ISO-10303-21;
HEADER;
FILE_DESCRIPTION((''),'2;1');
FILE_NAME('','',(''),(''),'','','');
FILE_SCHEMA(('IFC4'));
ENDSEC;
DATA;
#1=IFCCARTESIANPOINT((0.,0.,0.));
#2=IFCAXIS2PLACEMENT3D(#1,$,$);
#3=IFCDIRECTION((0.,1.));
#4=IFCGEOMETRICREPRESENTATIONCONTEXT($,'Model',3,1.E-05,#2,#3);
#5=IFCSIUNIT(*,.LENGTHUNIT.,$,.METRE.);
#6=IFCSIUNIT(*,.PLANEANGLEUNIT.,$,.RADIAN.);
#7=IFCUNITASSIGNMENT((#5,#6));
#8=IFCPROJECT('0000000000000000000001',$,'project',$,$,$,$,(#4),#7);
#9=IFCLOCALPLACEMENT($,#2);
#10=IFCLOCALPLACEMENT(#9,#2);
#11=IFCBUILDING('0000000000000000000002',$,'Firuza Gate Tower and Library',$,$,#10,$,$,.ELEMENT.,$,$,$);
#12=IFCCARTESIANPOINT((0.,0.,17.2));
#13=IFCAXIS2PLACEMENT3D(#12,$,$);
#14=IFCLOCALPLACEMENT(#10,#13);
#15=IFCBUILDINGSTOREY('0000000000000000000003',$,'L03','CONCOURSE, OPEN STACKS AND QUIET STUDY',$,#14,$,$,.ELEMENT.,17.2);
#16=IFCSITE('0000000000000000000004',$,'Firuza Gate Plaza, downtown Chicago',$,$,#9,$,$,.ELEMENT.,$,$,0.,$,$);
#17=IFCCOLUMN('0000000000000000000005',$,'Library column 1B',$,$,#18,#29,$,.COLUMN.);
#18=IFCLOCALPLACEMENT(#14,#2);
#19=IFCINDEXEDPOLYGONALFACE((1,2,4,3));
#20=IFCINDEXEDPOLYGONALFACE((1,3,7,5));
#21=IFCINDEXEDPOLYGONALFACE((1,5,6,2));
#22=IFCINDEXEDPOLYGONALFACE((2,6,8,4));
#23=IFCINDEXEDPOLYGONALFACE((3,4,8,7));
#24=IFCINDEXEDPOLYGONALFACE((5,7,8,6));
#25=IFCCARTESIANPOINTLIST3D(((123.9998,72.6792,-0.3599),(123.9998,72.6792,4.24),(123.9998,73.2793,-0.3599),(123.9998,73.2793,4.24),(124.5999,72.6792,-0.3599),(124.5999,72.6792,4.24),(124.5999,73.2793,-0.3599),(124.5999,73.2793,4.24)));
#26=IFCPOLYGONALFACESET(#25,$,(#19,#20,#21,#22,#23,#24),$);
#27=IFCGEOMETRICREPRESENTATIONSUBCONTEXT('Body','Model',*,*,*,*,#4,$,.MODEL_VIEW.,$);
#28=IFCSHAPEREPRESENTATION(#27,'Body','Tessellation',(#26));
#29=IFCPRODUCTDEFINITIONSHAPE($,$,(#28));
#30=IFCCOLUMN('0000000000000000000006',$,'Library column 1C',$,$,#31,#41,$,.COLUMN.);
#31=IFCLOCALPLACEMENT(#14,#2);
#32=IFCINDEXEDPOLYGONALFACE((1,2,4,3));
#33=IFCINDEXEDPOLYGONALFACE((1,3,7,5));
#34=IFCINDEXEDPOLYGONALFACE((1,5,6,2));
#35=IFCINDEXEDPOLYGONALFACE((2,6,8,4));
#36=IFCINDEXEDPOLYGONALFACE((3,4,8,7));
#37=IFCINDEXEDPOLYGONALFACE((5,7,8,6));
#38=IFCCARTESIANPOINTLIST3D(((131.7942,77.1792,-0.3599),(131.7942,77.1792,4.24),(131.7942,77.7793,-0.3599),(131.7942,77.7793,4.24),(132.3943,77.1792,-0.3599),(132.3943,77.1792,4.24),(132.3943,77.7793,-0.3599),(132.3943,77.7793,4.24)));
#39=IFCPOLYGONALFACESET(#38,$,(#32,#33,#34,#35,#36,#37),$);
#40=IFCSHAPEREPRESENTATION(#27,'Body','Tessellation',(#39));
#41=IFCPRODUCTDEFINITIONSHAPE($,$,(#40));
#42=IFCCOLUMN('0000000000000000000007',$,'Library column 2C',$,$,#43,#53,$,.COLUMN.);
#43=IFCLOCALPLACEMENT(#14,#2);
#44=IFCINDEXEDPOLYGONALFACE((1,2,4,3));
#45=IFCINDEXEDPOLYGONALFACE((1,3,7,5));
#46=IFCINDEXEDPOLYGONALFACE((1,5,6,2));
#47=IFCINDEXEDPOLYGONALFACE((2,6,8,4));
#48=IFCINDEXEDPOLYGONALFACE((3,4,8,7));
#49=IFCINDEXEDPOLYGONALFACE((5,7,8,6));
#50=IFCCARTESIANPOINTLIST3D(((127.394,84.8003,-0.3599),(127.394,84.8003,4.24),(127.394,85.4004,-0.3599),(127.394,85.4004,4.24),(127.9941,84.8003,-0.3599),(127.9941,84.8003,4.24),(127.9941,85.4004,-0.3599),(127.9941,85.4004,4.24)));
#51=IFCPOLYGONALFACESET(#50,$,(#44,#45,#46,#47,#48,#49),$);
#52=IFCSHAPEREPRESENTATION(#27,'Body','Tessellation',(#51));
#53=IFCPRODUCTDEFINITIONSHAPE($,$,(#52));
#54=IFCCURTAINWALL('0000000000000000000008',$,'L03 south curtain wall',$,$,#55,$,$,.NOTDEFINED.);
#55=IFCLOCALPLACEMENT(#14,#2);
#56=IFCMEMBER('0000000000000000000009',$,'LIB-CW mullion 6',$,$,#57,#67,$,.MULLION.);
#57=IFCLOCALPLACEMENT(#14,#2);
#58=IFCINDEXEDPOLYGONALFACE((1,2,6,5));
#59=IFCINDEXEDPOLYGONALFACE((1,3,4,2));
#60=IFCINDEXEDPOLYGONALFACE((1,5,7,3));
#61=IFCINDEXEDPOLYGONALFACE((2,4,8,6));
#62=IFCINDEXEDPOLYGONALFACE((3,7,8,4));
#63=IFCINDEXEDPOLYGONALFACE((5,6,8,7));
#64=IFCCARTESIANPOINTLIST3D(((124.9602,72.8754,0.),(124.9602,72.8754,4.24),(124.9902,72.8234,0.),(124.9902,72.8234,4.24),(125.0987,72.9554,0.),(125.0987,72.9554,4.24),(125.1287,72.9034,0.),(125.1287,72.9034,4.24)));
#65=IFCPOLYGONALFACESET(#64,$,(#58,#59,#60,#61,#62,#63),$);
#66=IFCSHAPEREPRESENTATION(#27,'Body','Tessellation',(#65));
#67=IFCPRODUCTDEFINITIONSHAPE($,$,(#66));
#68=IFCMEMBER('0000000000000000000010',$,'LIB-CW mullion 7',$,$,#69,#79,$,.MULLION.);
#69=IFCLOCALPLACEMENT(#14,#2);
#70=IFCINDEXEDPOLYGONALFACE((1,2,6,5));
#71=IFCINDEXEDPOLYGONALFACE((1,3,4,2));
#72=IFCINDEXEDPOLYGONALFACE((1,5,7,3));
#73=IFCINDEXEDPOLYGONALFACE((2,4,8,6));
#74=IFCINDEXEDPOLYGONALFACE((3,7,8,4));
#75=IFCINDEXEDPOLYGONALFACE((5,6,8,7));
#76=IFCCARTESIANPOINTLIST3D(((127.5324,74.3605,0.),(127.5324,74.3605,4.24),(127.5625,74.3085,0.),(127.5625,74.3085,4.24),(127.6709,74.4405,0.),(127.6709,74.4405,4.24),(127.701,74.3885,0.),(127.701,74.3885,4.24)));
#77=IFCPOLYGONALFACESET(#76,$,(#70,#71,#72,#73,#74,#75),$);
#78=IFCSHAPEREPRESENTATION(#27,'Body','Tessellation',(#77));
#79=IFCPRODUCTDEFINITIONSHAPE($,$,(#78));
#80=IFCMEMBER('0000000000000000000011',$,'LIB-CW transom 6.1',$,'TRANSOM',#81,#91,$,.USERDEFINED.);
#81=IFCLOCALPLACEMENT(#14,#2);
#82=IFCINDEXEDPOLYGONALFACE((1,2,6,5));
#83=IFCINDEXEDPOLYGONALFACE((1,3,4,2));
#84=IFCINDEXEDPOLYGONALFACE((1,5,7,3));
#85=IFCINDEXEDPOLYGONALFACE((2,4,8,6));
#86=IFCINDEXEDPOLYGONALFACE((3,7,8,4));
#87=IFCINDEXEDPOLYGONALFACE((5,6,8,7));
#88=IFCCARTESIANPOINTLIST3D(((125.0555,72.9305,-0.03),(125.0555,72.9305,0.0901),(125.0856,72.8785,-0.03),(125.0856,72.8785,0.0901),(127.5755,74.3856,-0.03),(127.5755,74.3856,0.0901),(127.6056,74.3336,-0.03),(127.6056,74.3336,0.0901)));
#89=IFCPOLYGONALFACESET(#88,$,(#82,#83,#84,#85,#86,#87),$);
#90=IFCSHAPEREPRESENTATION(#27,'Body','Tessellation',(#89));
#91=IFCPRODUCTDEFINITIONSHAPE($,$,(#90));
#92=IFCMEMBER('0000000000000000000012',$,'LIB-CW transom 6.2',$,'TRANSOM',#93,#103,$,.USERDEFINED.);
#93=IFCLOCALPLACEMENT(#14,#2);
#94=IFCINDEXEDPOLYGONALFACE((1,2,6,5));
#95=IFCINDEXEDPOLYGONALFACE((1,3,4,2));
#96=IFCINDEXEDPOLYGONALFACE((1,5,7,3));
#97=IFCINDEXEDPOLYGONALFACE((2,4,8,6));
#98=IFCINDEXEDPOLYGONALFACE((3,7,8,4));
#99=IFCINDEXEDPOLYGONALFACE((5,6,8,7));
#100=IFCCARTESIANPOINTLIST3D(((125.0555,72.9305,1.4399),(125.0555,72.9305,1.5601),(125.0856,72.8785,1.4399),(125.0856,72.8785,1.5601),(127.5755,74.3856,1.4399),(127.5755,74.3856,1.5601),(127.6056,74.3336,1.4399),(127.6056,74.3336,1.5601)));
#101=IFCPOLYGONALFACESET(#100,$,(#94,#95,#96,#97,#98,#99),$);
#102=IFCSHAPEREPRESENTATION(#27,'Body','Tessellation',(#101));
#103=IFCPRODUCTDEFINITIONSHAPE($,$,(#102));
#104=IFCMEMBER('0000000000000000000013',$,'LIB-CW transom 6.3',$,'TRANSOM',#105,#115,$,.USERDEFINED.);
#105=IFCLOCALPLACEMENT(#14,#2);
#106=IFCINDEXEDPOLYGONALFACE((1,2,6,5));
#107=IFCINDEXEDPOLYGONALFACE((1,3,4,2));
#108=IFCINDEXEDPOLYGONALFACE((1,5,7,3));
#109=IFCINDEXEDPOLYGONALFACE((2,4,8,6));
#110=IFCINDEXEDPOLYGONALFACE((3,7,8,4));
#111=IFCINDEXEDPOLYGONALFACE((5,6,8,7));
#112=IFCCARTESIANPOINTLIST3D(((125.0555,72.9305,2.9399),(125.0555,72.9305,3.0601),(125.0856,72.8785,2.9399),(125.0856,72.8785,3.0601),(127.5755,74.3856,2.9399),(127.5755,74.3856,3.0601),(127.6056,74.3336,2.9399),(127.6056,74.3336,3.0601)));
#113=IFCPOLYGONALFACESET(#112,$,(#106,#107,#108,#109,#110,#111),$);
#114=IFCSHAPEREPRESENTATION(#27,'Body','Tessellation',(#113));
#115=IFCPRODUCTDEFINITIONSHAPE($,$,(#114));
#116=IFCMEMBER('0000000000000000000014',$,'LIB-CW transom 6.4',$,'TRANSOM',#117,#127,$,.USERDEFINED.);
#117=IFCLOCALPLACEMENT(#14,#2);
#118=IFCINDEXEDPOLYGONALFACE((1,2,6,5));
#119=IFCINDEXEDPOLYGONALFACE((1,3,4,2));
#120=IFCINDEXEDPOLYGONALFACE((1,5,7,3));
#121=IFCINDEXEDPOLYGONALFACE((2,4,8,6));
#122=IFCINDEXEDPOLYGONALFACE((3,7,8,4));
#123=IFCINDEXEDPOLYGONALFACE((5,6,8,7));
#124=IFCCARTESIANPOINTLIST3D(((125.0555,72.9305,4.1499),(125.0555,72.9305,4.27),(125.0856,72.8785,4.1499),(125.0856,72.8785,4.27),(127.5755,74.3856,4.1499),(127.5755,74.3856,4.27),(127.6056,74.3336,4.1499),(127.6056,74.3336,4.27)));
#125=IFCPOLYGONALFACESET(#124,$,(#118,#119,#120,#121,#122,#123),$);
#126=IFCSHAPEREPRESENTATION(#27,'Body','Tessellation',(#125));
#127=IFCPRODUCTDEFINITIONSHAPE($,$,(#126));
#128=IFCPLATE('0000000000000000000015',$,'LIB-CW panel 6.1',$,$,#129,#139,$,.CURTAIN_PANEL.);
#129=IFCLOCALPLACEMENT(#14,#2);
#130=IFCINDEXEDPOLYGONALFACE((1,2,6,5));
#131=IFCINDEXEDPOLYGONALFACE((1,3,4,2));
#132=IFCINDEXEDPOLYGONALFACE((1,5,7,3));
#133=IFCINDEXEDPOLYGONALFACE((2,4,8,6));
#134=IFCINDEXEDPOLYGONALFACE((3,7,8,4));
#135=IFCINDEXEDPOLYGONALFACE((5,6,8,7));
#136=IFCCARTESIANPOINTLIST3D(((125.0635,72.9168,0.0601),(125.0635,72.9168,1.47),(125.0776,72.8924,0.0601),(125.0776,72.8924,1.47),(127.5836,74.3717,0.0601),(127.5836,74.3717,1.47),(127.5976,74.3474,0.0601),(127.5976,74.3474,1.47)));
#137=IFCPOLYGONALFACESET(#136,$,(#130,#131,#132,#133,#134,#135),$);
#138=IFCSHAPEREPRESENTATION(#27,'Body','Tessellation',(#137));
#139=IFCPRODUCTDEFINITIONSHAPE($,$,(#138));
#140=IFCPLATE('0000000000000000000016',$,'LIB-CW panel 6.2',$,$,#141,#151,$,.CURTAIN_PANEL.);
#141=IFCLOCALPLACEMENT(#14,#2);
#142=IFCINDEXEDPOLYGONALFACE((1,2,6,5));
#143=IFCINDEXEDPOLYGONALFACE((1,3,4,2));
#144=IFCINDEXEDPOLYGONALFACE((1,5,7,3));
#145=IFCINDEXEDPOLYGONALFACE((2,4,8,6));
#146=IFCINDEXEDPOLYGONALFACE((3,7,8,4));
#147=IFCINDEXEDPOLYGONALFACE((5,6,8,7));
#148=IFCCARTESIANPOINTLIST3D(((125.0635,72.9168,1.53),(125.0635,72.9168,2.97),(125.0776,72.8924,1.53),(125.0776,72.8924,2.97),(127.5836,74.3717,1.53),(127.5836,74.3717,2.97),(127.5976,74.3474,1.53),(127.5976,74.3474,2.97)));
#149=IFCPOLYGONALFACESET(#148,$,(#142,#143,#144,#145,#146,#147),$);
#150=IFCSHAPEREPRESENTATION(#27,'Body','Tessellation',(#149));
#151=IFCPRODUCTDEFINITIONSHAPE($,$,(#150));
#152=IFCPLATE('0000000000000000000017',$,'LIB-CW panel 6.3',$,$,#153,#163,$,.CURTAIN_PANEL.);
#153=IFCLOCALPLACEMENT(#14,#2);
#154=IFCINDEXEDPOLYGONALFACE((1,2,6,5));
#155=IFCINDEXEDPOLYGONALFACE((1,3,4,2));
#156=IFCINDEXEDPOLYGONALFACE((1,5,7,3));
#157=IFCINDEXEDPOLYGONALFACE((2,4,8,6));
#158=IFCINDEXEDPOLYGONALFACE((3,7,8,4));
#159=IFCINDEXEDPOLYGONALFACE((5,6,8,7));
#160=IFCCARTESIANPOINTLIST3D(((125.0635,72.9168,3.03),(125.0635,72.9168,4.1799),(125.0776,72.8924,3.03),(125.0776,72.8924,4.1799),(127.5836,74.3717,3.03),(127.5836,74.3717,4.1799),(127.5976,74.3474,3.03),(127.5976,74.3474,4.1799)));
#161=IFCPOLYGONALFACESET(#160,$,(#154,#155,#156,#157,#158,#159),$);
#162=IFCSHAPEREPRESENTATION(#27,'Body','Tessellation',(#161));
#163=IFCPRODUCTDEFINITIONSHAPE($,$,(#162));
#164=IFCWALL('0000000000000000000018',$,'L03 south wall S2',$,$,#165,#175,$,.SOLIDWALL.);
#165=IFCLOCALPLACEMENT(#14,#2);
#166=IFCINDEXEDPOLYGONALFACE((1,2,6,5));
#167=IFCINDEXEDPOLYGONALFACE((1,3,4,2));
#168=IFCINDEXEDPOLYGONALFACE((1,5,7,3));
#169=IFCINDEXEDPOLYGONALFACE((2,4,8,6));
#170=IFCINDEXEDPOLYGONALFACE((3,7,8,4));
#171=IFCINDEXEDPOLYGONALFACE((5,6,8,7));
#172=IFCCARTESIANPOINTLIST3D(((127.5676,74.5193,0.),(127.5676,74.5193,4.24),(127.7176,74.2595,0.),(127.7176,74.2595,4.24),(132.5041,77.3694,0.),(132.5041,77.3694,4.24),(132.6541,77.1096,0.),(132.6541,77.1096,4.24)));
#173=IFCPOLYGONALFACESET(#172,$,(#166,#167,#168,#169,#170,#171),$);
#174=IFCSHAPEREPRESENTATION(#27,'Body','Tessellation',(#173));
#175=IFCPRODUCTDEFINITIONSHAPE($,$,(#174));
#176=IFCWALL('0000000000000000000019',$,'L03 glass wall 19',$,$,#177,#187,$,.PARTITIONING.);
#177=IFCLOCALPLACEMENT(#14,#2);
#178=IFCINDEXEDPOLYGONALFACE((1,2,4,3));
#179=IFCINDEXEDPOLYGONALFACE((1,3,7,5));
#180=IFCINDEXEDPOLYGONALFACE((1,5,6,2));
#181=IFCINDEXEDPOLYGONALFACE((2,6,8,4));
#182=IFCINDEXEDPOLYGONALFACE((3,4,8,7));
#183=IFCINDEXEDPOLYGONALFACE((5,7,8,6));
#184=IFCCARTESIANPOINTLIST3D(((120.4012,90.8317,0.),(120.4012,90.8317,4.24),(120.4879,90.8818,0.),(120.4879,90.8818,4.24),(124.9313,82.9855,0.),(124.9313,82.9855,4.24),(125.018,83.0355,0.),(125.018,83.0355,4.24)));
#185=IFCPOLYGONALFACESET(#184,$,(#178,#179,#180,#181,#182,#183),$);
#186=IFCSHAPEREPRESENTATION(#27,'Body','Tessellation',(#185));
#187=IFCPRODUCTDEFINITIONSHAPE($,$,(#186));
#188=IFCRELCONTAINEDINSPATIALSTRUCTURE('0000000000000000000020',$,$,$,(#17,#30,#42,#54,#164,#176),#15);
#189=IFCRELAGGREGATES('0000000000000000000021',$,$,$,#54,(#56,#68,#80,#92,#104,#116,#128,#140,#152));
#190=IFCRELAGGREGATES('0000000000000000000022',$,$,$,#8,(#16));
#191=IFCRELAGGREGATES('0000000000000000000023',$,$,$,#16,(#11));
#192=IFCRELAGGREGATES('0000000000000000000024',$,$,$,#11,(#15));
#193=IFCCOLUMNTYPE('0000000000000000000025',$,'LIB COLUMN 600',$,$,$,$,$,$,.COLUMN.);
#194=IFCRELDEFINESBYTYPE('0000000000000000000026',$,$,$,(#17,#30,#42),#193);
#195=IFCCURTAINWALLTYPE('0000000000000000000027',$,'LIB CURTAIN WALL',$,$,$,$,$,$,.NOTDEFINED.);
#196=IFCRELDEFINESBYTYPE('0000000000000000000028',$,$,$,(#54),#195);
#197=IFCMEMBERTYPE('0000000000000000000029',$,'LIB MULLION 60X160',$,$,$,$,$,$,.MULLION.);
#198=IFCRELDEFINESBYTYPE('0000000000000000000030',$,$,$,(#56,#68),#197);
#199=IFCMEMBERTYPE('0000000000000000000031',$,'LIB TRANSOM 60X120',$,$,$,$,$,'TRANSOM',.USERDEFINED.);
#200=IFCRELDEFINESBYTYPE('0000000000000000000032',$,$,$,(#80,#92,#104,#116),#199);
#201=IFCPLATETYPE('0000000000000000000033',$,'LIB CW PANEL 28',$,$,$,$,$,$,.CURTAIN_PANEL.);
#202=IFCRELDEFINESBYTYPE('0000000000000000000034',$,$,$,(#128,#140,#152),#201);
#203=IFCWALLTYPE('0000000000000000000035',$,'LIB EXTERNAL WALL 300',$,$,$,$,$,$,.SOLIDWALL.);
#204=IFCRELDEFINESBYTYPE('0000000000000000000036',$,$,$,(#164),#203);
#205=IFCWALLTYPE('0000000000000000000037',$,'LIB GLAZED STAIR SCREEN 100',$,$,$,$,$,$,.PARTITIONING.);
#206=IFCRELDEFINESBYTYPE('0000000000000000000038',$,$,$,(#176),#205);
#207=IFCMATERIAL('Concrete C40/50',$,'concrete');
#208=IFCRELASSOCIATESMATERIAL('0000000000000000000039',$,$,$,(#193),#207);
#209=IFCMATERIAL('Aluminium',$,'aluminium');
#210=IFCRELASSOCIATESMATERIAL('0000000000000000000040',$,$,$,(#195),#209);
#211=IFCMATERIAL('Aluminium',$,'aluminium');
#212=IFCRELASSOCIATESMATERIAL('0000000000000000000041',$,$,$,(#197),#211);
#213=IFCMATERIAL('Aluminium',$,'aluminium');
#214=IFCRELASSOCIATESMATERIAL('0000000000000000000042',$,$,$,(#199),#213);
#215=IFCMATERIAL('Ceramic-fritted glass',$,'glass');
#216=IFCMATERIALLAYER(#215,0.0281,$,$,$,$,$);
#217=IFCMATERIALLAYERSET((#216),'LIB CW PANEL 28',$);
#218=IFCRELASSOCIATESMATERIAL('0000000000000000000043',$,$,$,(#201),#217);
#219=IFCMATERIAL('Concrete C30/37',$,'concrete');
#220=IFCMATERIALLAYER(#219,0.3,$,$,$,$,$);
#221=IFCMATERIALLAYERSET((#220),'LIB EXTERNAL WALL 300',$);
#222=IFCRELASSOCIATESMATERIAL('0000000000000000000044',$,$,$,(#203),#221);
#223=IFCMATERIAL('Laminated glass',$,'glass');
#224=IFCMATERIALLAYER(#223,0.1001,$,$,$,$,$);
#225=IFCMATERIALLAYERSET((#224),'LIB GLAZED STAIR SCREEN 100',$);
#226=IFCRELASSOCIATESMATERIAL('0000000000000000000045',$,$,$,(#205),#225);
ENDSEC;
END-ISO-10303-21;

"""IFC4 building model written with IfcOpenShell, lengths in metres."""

from ifc_helpers import new_model, si_unit, direction, frame, frame_2d, origin, origin_2d, place, context, subcontext, project, spatial, rectangle, extrude, material, layer, layer_set, material_profile, profile_set, type_object, element, aggregate, save


model = new_model("IFC4")

# Units and contexts
model_context = context("Model", 3, precision=1e-05, world=origin(), true_north=direction((0.0, 1.0)))
body_context = subcontext(model_context, "Body", "Model", "MODEL_VIEW")
ifc_project = project(units=[si_unit("LENGTHUNIT", "METRE"), si_unit("PLANEANGLEUNIT", "RADIAN")], contexts=[model_context])

# Site, building, storey
site_placement = place(None, origin())
site = spatial("IfcSite", under=ifc_project, at=site_placement, Name="Firuza Gate Plaza, downtown Chicago", CompositionType="ELEMENT", RefElevation=0.0)
building_placement = place(site_placement, origin())
building = spatial("IfcBuilding", under=site, at=building_placement, Name="Firuza Gate Tower and Library", CompositionType="ELEMENT")
storey_placement = place(building_placement, frame((0.0, 0.0, 17.2)))
storey = spatial("IfcBuildingStorey", under=building, at=storey_placement, Name="L03", Description="CONCOURSE, OPEN STACKS AND QUIET STUDY", CompositionType="ELEMENT", Elevation=17.2)

# Columns
ifc_material_1 = material(Name="Concrete C40/50", Category="concrete")
ifc_material_profile_1 = material_profile(ifc_material_1, rectangle(XDim=0.6001, YDim=0.6001, at=origin_2d()))
ifc_profile_set_1 = profile_set([ifc_material_profile_1], Name="Concrete C40/50")
column_type = type_object("IfcColumnType", Name="LIB COLUMN 600", PredefinedType="COLUMN", material=ifc_profile_set_1)
for number, where, z_axis, x_axis, name in (
    (1, (124.2998, 72.9792, -0.3599), (0.0, 0.0, 1.0), (1.0, 0.0, 0.0), "Library column 1B"),
    (2, (132.0942, 77.4792, -0.3599), (0.0, 0.0, 1.0), (1.0, 0.0, 0.0), "Library column 1C"),
    (3, (127.6941, 85.1003, -0.3599), (0.0, 0.0, 1.0), (1.0, 0.0, 0.0), "Library column 2C"),
):
    element("IfcColumn", number, at=place(storey_placement, frame(where, z_axis=z_axis, x_axis=x_axis)), inside=storey, type_object=column_type, Name=name, PredefinedType="COLUMN", context=body_context, shape_type="SweptSolid", body=[
        extrude(rectangle(XDim=0.6001, YDim=0.6001, at=origin_2d()), origin(), (0.0, 0.0, 1.0), 4.5999),
    ])

# Curtain wall, members, plates
ifc_material_2 = material(Name="Aluminium", Category="aluminium")
curtain_wall_type = type_object("IfcCurtainWallType", Name="LIB CURTAIN WALL", PredefinedType="NOTDEFINED", material=ifc_material_2)
curtain_wall_placement = place(storey_placement, origin())
curtain_wall = element("IfcCurtainWall", 4, at=curtain_wall_placement, inside=storey, type_object=curtain_wall_type, Name="L03 south curtain wall", PredefinedType="NOTDEFINED")
ifc_material_3 = material(Name="Aluminium", Category="aluminium")
ifc_material_profile_2 = material_profile(ifc_material_3, rectangle(XDim=0.0601, YDim=0.1599, at=origin_2d()))
ifc_profile_set_2 = profile_set([ifc_material_profile_2], Name="Aluminium")
member_type_1 = type_object("IfcMemberType", Name="LIB MULLION 60X160", PredefinedType="MULLION", material=ifc_profile_set_2)
member_1_placement = place(storey_placement, frame((125.0444, 72.8894, 0.0), z_axis=(0.0, 0.0, 1.0), x_axis=(-0.500001, 0.866025, 0.0)))
member_1 = element("IfcMember", 5, at=member_1_placement, type_object=member_type_1, Name="LIB-CW mullion 6", PredefinedType="MULLION", context=body_context, shape_type="SweptSolid", body=[
    extrude(rectangle(XDim=0.0601, YDim=0.1599, at=origin_2d()), origin(), (0.0, 0.0, 1.0), 4.24),
])
member_2_placement = place(storey_placement, frame((127.6167, 74.3745, 0.0), z_axis=(0.0, 0.0, 1.0), x_axis=(-0.500001, 0.866025, 0.0)))
member_2 = element("IfcMember", 6, at=member_2_placement, type_object=member_type_1, Name="LIB-CW mullion 7", PredefinedType="MULLION", context=body_context, shape_type="SweptSolid", body=[
    extrude(rectangle(XDim=0.0601, YDim=0.1599, at=origin_2d()), origin(), (0.0, 0.0, 1.0), 4.24),
])
ifc_material_4 = material(Name="Aluminium", Category="aluminium")
ifc_material_profile_3 = material_profile(ifc_material_4, rectangle(XDim=0.0601, YDim=0.1201, at=origin_2d()))
ifc_profile_set_3 = profile_set([ifc_material_profile_3], Name="Aluminium")
member_type_2 = type_object("IfcMemberType", Name="LIB TRANSOM 60X120", ElementType="TRANSOM", PredefinedType="USERDEFINED", material=ifc_profile_set_3)
member_3_placement = place(storey_placement, frame((125.0706, 72.9045, 0.03), z_axis=(0.866004, 0.500037, 0.0), x_axis=(-0.500037, 0.866004, 0.0)))
member_3 = element("IfcMember", 7, at=member_3_placement, type_object=member_type_2, Name="LIB-CW transom 6.1", ObjectType="TRANSOM", PredefinedType="USERDEFINED", context=body_context, shape_type="SweptSolid", body=[
    extrude(rectangle(XDim=0.0601, YDim=0.1201, at=origin_2d()), origin(), (0.0, 0.0, 1.0), 2.9099),
])
member_4_placement = place(storey_placement, frame((125.0706, 72.9045, 1.5), z_axis=(0.866004, 0.500037, 0.0), x_axis=(-0.500037, 0.866004, 0.0)))
member_4 = element("IfcMember", 8, at=member_4_placement, type_object=member_type_2, Name="LIB-CW transom 6.2", ObjectType="TRANSOM", PredefinedType="USERDEFINED", context=body_context, shape_type="SweptSolid", body=[
    extrude(rectangle(XDim=0.0601, YDim=0.1201, at=origin_2d()), origin(), (0.0, 0.0, 1.0), 2.9099),
])
member_5_placement = place(storey_placement, frame((125.0706, 72.9045, 3.0), z_axis=(0.866004, 0.500037, 0.0), x_axis=(-0.500037, 0.866004, 0.0)))
member_5 = element("IfcMember", 9, at=member_5_placement, type_object=member_type_2, Name="LIB-CW transom 6.3", ObjectType="TRANSOM", PredefinedType="USERDEFINED", context=body_context, shape_type="SweptSolid", body=[
    extrude(rectangle(XDim=0.0601, YDim=0.1201, at=origin_2d()), origin(), (0.0, 0.0, 1.0), 2.9099),
])
member_6_placement = place(storey_placement, frame((125.0706, 72.9045, 4.21), z_axis=(0.866004, 0.500037, 0.0), x_axis=(-0.500037, 0.866004, 0.0)))
member_6 = element("IfcMember", 10, at=member_6_placement, type_object=member_type_2, Name="LIB-CW transom 6.4", ObjectType="TRANSOM", PredefinedType="USERDEFINED", context=body_context, shape_type="SweptSolid", body=[
    extrude(rectangle(XDim=0.0601, YDim=0.1201, at=origin_2d()), origin(), (0.0, 0.0, 1.0), 2.9099),
])
ifc_material_5 = material(Name="Ceramic-fritted glass", Category="glass")
ifc_layer_1 = layer(ifc_material_5, 0.0281)
ifc_layer_set_1 = layer_set([ifc_layer_1], Name="LIB CW PANEL 28")
plate_type = type_object("IfcPlateType", Name="LIB CW PANEL 28", PredefinedType="CURTAIN_PANEL", material=ifc_layer_set_1)
plate_1_placement = place(storey_placement, frame((126.3306, 73.6321, 0.0601), z_axis=(0.0, 0.0, 1.0), x_axis=(0.866025, 0.500001, 0.0)))
plate_1 = element("IfcPlate", 11, at=plate_1_placement, type_object=plate_type, Name="LIB-CW panel 6.1", PredefinedType="CURTAIN_PANEL", context=body_context, shape_type="SweptSolid", body=[
    extrude(rectangle(XDim=2.9099, YDim=0.0281, at=origin_2d()), origin(), (0.0, 0.0, 1.0), 1.4099),
])
plate_2_placement = place(storey_placement, frame((126.3306, 73.6321, 1.53), z_axis=(0.0, 0.0, 1.0), x_axis=(0.866025, 0.500001, 0.0)))
plate_2 = element("IfcPlate", 12, at=plate_2_placement, type_object=plate_type, Name="LIB-CW panel 6.2", PredefinedType="CURTAIN_PANEL", context=body_context, shape_type="SweptSolid", body=[
    extrude(rectangle(XDim=2.9099, YDim=0.0281, at=origin_2d()), origin(), (0.0, 0.0, 1.0), 1.4399),
])
plate_3_placement = place(storey_placement, frame((126.3306, 73.6321, 3.03), z_axis=(0.0, 0.0, 1.0), x_axis=(0.866025, 0.500001, 0.0)))
plate_3 = element("IfcPlate", 13, at=plate_3_placement, type_object=plate_type, Name="LIB-CW panel 6.3", PredefinedType="CURTAIN_PANEL", context=body_context, shape_type="SweptSolid", body=[
    extrude(rectangle(XDim=2.9099, YDim=0.0281, at=origin_2d()), origin(), (0.0, 0.0, 1.0), 1.1499),
])
aggregate(curtain_wall, [member_1, member_2, member_3, member_4, member_5, member_6, plate_1, plate_2, plate_3])

# Shared definitions
ifc_material_6 = material(Name="Concrete C30/37", Category="concrete")
ifc_layer_2 = layer(ifc_material_6, 0.3)
ifc_layer_set_2 = layer_set([ifc_layer_2], Name="LIB EXTERNAL WALL 300")
wall_type_1 = type_object("IfcWallType", Name="LIB EXTERNAL WALL 300", PredefinedType="SOLIDWALL", material=ifc_layer_set_2)

# Walls
wall_1_placement = place(storey_placement, frame((127.6426, 74.3894, 0.0), z_axis=(0.0, 0.0, 1.0), x_axis=(0.866026, 0.499999, 0.0)))
element("IfcWall", 14, at=wall_1_placement, inside=storey, type_object=wall_type_1, Name="L03 south wall S2", PredefinedType="SOLIDWALL", context=body_context, shape_type="SweptSolid", body=[
    extrude(rectangle(XDim=5.7002, YDim=0.3, at=frame_2d((2.8501, 0.0))), origin(), (0.0, 0.0, 1.0), 4.24),
])
ifc_material_7 = material(Name="Laminated glass", Category="glass")
ifc_layer_3 = layer(ifc_material_7, 0.1001)
ifc_layer_set_3 = layer_set([ifc_layer_3], Name="LIB GLAZED STAIR SCREEN 100")
wall_type_2 = type_object("IfcWallType", Name="LIB GLAZED STAIR SCREEN 100", PredefinedType="PARTITIONING", material=ifc_layer_set_3)
wall_2_placement = place(storey_placement, frame((124.9746, 83.0105, 0.0), z_axis=(0.0, 0.0, 1.0), x_axis=(-0.500002, 0.866024, 0.0)))
element("IfcWall", 15, at=wall_2_placement, inside=storey, type_object=wall_type_2, Name="L03 glass wall 19", PredefinedType="PARTITIONING", context=body_context, shape_type="SweptSolid", body=[
    extrude(rectangle(XDim=9.0601, YDim=0.1001, at=frame_2d((4.53, 0.0))), origin(), (0.0, 0.0, 1.0), 4.24),
])

save(model, "model.ifc")
